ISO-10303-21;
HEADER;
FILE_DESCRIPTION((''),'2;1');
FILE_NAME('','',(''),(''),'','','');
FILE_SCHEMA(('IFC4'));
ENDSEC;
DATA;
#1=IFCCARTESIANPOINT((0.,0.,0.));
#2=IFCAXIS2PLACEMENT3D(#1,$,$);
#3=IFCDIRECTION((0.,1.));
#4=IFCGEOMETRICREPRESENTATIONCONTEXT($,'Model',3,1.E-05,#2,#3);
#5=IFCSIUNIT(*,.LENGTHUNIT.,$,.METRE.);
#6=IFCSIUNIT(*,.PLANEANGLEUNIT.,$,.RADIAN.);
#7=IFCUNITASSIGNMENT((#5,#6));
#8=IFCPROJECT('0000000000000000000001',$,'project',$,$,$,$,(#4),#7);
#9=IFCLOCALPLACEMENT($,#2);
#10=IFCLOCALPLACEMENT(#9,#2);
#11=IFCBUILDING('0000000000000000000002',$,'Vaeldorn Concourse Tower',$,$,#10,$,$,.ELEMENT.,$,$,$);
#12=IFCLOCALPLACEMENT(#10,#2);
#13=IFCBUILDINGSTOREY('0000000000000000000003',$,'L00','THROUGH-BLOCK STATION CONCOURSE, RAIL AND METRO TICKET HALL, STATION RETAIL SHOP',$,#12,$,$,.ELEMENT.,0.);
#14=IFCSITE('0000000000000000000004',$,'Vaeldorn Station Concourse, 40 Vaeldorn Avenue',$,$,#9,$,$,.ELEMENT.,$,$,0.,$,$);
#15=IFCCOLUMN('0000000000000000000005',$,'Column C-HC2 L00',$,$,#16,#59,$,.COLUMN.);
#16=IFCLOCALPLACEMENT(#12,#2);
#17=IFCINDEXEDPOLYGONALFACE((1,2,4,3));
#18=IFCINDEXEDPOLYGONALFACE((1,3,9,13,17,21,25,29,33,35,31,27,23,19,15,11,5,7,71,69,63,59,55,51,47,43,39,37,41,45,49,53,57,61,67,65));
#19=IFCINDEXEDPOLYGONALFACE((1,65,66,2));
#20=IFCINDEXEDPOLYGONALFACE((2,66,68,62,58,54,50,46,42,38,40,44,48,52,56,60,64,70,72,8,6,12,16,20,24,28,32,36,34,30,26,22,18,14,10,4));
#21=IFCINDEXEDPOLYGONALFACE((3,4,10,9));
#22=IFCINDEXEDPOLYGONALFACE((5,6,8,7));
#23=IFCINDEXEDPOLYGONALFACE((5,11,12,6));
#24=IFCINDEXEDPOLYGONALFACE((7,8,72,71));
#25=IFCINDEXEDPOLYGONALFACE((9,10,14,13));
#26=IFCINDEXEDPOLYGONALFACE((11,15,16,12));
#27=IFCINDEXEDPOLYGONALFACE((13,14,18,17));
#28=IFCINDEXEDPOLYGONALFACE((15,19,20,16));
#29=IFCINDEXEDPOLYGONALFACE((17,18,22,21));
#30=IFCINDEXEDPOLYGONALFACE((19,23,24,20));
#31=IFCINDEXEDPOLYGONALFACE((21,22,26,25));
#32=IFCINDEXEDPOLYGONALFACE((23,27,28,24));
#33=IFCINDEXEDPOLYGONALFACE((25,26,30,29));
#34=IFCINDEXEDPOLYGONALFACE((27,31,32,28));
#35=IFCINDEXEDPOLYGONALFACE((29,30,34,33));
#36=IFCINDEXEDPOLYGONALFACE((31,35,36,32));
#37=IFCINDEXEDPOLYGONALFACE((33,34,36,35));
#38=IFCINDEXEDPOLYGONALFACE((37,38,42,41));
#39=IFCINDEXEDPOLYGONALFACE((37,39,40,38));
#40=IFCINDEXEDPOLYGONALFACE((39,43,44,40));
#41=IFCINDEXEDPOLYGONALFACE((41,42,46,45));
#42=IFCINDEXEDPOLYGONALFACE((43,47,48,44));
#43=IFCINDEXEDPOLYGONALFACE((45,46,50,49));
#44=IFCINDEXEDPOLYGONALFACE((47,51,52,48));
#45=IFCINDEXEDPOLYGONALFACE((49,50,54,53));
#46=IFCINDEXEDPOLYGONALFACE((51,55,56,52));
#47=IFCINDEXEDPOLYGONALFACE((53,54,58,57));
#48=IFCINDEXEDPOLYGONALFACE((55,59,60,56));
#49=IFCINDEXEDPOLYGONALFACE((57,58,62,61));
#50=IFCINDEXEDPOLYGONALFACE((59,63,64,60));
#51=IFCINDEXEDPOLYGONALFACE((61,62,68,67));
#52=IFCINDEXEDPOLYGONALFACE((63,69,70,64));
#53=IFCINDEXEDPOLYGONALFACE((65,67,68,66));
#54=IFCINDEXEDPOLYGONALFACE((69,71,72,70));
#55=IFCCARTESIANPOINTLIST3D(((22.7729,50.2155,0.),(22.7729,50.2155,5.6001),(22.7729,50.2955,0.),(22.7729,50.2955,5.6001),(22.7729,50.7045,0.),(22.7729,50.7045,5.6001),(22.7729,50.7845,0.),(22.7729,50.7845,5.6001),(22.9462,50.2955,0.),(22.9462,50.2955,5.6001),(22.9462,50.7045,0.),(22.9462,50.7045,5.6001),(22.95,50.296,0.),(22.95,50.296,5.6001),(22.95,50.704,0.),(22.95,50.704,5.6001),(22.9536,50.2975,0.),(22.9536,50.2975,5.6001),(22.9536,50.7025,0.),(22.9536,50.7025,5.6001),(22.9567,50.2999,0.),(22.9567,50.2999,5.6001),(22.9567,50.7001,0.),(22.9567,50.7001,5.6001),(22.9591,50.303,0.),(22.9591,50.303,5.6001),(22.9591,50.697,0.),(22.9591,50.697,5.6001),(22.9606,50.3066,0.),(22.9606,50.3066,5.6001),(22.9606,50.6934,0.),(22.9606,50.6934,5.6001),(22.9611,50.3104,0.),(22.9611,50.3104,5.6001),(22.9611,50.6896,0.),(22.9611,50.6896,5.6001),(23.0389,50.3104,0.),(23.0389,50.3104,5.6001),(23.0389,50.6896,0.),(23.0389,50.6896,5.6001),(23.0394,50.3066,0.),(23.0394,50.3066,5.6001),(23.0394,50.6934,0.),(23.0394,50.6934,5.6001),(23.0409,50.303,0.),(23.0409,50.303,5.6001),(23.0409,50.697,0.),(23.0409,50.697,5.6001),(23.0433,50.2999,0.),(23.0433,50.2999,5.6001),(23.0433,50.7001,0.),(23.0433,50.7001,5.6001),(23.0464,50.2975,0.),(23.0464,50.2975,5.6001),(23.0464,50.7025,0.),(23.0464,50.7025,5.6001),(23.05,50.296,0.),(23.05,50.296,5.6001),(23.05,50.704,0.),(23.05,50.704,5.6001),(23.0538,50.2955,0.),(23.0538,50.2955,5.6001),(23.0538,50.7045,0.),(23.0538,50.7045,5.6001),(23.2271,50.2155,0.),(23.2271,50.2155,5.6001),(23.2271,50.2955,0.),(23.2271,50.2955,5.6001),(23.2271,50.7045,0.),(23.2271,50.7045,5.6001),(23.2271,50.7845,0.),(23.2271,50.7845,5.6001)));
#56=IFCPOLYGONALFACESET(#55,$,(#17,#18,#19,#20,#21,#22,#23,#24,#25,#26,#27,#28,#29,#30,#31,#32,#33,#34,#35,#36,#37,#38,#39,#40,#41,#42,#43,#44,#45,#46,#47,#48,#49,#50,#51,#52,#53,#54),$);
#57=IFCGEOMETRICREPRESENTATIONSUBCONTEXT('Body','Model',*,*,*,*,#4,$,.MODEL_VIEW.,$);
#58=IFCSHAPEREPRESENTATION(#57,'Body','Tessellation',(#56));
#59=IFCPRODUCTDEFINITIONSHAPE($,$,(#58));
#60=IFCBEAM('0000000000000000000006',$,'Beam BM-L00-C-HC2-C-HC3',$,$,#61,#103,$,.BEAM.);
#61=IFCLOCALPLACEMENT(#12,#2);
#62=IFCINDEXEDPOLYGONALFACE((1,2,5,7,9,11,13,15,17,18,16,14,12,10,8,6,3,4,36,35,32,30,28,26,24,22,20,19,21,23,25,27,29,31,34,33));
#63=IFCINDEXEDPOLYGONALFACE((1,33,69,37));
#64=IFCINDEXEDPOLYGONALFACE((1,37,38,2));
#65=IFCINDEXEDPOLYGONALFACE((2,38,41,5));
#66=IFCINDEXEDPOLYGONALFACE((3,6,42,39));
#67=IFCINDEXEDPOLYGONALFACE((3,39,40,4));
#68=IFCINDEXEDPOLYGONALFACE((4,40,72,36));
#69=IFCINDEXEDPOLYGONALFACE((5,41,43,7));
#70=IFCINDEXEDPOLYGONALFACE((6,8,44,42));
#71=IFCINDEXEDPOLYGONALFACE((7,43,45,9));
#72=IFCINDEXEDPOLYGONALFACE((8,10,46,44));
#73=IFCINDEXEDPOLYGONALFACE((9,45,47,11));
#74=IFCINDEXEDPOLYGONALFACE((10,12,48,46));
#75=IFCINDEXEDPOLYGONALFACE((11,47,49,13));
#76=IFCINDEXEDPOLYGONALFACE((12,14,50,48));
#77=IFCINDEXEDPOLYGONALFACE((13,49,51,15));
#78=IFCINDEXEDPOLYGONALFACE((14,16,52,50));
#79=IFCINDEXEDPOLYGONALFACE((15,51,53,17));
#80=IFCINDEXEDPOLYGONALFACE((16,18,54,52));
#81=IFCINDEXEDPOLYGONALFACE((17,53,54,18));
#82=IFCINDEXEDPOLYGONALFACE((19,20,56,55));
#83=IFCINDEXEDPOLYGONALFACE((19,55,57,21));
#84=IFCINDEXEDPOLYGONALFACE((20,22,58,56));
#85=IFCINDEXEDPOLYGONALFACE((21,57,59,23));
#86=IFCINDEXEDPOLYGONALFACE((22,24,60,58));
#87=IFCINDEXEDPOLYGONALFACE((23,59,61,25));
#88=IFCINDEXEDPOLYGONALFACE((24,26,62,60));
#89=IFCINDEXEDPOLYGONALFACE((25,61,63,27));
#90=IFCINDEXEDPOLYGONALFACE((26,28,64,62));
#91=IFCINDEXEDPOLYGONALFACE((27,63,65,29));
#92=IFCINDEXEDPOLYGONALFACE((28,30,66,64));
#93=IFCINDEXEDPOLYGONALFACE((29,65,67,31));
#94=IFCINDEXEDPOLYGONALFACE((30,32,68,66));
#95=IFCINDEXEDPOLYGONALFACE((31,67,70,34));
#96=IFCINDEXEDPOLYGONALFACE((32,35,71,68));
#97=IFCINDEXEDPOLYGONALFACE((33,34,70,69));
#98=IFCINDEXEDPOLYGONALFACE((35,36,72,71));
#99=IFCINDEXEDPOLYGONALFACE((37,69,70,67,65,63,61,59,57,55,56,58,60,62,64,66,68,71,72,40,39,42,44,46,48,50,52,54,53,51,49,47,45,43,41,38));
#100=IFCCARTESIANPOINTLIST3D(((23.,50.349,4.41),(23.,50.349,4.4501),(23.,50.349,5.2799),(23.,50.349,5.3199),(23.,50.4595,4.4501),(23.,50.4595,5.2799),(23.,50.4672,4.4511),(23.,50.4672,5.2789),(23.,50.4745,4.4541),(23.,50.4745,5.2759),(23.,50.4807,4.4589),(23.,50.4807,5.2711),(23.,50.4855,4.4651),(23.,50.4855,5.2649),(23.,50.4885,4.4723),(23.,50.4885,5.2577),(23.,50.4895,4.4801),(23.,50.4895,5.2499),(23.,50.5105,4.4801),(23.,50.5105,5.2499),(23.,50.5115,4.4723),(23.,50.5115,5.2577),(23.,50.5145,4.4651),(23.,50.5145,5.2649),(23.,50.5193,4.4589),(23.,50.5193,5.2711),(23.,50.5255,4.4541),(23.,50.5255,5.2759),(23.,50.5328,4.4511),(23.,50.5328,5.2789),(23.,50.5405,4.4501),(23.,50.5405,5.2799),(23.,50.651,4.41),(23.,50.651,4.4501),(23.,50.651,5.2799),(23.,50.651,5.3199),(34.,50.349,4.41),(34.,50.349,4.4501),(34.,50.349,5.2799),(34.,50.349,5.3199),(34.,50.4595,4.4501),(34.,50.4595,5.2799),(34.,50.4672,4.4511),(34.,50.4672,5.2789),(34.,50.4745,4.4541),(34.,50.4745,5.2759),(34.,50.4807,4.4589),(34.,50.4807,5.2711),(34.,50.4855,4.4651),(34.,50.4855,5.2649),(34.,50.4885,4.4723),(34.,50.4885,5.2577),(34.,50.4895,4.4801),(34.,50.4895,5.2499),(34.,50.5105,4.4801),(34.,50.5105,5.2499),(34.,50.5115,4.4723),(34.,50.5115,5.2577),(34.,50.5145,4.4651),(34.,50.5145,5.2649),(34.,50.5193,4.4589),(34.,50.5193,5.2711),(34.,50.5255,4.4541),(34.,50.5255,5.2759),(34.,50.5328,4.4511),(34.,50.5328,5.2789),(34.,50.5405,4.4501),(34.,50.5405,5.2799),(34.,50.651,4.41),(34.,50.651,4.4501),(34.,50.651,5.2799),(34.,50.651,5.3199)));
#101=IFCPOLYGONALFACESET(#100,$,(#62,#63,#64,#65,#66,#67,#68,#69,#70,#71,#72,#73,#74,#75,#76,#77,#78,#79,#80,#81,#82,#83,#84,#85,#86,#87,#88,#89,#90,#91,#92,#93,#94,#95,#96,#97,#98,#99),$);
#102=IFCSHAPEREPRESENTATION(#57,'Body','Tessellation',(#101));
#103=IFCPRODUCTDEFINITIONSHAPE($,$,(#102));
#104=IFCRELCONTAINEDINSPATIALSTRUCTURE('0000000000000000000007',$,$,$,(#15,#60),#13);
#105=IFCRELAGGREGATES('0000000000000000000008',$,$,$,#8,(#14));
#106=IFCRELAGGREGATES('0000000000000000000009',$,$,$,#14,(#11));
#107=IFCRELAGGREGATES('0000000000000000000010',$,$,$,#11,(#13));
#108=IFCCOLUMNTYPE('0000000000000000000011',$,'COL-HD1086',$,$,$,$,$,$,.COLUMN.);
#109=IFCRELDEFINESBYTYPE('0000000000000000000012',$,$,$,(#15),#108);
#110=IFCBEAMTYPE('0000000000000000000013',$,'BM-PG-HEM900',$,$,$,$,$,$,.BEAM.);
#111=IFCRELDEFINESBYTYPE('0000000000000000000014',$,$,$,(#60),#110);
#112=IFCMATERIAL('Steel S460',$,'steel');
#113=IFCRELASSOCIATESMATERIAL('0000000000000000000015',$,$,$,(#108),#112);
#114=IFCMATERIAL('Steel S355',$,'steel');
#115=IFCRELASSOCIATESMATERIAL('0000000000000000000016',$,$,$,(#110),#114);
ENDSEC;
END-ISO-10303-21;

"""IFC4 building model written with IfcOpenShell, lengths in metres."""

from ifc_helpers import new_model, si_unit, direction, frame, origin, origin_2d, place, context, subcontext, project, spatial, i_section, extrude, source, transform, mapped, material, material_profile, profile_set, type_object, element, save


model = new_model("IFC4")

# Units and contexts
model_context = context("Model", 3, precision=1e-05, world=origin(), true_north=direction((0.0, 1.0)))
body_context = subcontext(model_context, "Body", "Model", "MODEL_VIEW")
ifc_project = project(units=[si_unit("LENGTHUNIT", "METRE"), si_unit("PLANEANGLEUNIT", "RADIAN")], contexts=[model_context])

# Site, building, storey
site_placement = place(None, origin())
site = spatial("IfcSite", under=ifc_project, at=site_placement, Name="Vaeldorn Station Concourse, 40 Vaeldorn Avenue", CompositionType="ELEMENT", RefElevation=0.0)
building_placement = place(site_placement, origin())
building = spatial("IfcBuilding", under=site, at=building_placement, Name="Vaeldorn Concourse Tower", CompositionType="ELEMENT")
storey_placement = place(building_placement, origin())
storey = spatial("IfcBuildingStorey", under=building, at=storey_placement, Name="L00", Description="THROUGH-BLOCK STATION CONCOURSE, RAIL AND METRO TICKET HALL, STATION RETAIL SHOP", CompositionType="ELEMENT", Elevation=0.0)

# Column
ifc_material_1 = material(Name="Steel S460", Category="steel")
ifc_material_profile_1 = material_profile(ifc_material_1, i_section(OverallWidth=0.4541, OverallDepth=0.5691, WebThickness=0.0779, FlangeThickness=0.0801, FilletRadius=0.0149, at=origin_2d()), Name="HD 400x1086")
ifc_profile_set_1 = profile_set([ifc_material_profile_1], Name="Steel S460")
column_type = type_object("IfcColumnType", Name="COL-HD1086", PredefinedType="COLUMN", material=ifc_profile_set_1)
shared_shape_1 = source(origin(), body_context, "Body", "SweptSolid", [
    extrude(i_section(OverallWidth=0.4541, OverallDepth=0.5691, WebThickness=0.0779, FlangeThickness=0.0801, FilletRadius=0.0149, at=origin_2d()), origin(), (0.0, 0.0, 1.0), 5.6001),
])
column_placement = place(storey_placement, frame((23.0, 50.5, 0.0), z_axis=(0.0, 0.0, 1.0), x_axis=(1.0, 0.0, 0.0)))
element("IfcColumn", 1, at=column_placement, inside=storey, type_object=column_type, Name="Column C-HC2 L00", PredefinedType="COLUMN", context=body_context, shape_type="MappedRepresentation", body=[
    mapped(shared_shape_1, transform((0.0, 0.0, 0.0), scale=1.0)),
])

# Beam
ifc_material_2 = material(Name="Steel S355", Category="steel")
ifc_material_profile_2 = material_profile(ifc_material_2, i_section(OverallWidth=0.302, OverallDepth=0.9099, WebThickness=0.021, FlangeThickness=0.04, FilletRadius=0.03, at=origin_2d()), Name="HEM 900")
ifc_profile_set_2 = profile_set([ifc_material_profile_2], Name="Steel S355")
beam_type = type_object("IfcBeamType", Name="BM-PG-HEM900", PredefinedType="BEAM", material=ifc_profile_set_2)
shared_shape_2 = source(origin(), body_context, "Body", "SweptSolid", [
    extrude(i_section(OverallWidth=0.302, OverallDepth=0.9099, WebThickness=0.021, FlangeThickness=0.04, FilletRadius=0.03, at=origin_2d()), origin(), (0.0, 0.0, 1.0), 11.0),
])
beam_placement = place(storey_placement, frame((23.0, 50.5, 4.865), z_axis=(1.0, 0.0, 0.0), x_axis=(0.0, 1.0, 0.0)))
element("IfcBeam", 2, at=beam_placement, inside=storey, type_object=beam_type, Name="Beam BM-L00-C-HC2-C-HC3", PredefinedType="BEAM", context=body_context, shape_type="MappedRepresentation", body=[
    mapped(shared_shape_2, transform((0.0, 0.0, 0.0), scale=1.0)),
])

save(model, "model.ifc")
